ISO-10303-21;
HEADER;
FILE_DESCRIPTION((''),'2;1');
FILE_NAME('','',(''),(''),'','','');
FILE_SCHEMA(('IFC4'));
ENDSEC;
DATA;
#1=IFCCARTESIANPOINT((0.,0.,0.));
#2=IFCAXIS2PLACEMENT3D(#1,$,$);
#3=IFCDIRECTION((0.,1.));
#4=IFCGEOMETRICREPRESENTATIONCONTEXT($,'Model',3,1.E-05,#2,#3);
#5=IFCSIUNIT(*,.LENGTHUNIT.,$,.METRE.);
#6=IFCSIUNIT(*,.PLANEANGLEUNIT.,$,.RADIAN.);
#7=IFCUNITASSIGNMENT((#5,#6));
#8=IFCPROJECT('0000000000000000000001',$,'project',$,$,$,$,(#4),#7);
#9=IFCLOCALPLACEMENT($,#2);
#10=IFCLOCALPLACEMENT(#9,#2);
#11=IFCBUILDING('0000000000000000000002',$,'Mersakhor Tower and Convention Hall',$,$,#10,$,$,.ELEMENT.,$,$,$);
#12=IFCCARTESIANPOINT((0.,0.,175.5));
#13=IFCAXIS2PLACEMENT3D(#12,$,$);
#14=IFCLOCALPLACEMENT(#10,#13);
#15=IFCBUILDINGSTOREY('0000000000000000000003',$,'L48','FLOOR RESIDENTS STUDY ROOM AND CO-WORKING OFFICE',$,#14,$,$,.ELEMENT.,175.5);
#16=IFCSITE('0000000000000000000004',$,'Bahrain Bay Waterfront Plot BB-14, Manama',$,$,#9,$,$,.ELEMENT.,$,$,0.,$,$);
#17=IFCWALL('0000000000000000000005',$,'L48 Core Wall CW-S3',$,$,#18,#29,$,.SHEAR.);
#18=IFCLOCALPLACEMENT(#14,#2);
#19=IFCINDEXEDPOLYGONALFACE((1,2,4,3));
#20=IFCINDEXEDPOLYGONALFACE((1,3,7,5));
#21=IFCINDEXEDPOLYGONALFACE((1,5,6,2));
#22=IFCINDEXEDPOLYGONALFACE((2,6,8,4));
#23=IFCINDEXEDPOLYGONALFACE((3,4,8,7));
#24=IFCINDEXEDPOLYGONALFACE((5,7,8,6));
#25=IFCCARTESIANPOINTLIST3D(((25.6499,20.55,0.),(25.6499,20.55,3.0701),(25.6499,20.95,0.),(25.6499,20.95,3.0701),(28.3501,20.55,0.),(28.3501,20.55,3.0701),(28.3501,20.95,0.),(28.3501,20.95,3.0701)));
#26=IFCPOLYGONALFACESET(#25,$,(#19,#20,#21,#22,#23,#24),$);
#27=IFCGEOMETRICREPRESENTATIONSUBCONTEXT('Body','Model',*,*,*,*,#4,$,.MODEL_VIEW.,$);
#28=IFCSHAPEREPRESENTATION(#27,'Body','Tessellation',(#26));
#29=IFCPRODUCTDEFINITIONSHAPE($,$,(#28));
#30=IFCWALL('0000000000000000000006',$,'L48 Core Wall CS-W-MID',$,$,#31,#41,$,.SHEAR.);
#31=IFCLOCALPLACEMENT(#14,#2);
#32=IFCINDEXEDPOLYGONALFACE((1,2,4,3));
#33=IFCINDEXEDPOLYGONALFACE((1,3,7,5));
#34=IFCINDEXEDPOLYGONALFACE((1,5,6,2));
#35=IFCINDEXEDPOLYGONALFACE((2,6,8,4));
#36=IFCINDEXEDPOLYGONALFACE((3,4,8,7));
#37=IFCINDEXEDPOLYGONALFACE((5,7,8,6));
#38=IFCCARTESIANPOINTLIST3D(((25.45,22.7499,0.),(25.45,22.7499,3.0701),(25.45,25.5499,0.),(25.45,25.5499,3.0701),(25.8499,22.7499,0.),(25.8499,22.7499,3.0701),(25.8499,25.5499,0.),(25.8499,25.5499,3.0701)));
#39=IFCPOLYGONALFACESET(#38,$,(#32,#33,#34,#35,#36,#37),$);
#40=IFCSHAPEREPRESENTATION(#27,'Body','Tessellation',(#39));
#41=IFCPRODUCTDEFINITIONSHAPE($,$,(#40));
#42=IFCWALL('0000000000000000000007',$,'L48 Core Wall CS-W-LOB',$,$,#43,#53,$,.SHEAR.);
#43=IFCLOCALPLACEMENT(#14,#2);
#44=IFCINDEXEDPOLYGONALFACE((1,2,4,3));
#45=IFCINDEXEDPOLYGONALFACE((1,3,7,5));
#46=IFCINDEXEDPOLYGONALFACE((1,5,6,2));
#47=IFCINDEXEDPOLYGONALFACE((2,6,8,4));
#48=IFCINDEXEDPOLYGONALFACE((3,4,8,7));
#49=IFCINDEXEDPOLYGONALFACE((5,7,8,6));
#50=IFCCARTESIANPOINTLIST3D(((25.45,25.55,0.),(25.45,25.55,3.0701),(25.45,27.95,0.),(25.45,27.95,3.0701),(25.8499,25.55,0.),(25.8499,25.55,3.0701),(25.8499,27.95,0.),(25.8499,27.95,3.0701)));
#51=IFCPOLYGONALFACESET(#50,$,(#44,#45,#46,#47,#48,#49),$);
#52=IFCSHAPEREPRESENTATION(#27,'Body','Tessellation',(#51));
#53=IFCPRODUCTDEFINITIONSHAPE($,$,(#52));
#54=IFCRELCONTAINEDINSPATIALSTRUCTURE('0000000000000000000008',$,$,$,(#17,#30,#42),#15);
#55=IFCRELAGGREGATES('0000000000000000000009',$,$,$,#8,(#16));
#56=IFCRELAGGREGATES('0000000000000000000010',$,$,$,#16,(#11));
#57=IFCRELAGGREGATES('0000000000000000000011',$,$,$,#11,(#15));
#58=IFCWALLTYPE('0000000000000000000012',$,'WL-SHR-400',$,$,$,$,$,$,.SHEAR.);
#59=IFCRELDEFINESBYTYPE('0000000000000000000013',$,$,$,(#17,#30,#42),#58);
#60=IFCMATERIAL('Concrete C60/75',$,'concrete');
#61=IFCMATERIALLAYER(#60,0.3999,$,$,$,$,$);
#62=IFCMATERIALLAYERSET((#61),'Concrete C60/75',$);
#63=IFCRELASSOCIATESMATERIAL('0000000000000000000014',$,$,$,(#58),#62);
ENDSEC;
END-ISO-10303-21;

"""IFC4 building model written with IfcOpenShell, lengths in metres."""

from ifc_helpers import new_model, si_unit, direction, frame, frame_2d, origin, place, context, subcontext, project, spatial, rectangle, extrude, material, layer, layer_set, type_object, element, save


model = new_model("IFC4")

# Units and contexts
model_context = context("Model", 3, precision=1e-05, world=origin(), true_north=direction((0.0, 1.0)))
body_context = subcontext(model_context, "Body", "Model", "MODEL_VIEW")
ifc_project = project(units=[si_unit("LENGTHUNIT", "METRE"), si_unit("PLANEANGLEUNIT", "RADIAN")], contexts=[model_context])

# Site, building, storey
site_placement = place(None, origin())
site = spatial("IfcSite", under=ifc_project, at=site_placement, Name="Bahrain Bay Waterfront Plot BB-14, Manama", CompositionType="ELEMENT", RefElevation=0.0)
building_placement = place(site_placement, origin())
building = spatial("IfcBuilding", under=site, at=building_placement, Name="Mersakhor Tower and Convention Hall", CompositionType="ELEMENT")
storey_placement = place(building_placement, frame((0.0, 0.0, 175.5)))
storey = spatial("IfcBuildingStorey", under=building, at=storey_placement, Name="L48", Description="FLOOR RESIDENTS STUDY ROOM AND CO-WORKING OFFICE", CompositionType="ELEMENT", Elevation=175.5)

# Wall
ifc_material_1 = material(Name="Concrete C60/75", Category="concrete")
ifc_layer_1 = layer(ifc_material_1, 0.3999)
ifc_layer_set_1 = layer_set([ifc_layer_1], Name="Concrete C60/75")
wall_type_1 = type_object("IfcWallType", Name="WL-SHR-400", PredefinedType="SHEAR", material=ifc_layer_set_1)
wall_1_placement = place(storey_placement, frame((28.3501, 20.75, 0.0), z_axis=(0.0, 0.0, 1.0), x_axis=(-1.0, 0.0, 0.0)))
element("IfcWall", 1, at=wall_1_placement, inside=storey, type_object=wall_type_1, Name="L48 Core Wall CW-S3", PredefinedType="SHEAR", context=body_context, shape_type="SweptSolid", body=[
    extrude(rectangle(XDim=2.7002, YDim=0.3999, at=frame_2d((1.3501, 0.0))), origin(), (0.0, 0.0, 1.0), 3.0701),
])

# Walls
wall_2_placement = place(storey_placement, frame((25.6499, 22.75, 0.0), z_axis=(0.0, 0.0, 1.0), x_axis=(0.0, 1.0, 0.0)))
element("IfcWall", 2, at=wall_2_placement, inside=storey, type_object=wall_type_1, Name="L48 Core Wall CS-W-MID", PredefinedType="SHEAR", context=body_context, shape_type="SweptSolid", body=[
    extrude(rectangle(XDim=2.8, YDim=0.3999, at=frame_2d((1.3999, 0.0))), origin(), (0.0, 0.0, 1.0), 3.0701),
])
wall_3_placement = place(storey_placement, frame((25.6499, 25.55, 0.0), z_axis=(0.0, 0.0, 1.0), x_axis=(0.0, 1.0, 0.0)))
element("IfcWall", 3, at=wall_3_placement, inside=storey, type_object=wall_type_1, Name="L48 Core Wall CS-W-LOB", PredefinedType="SHEAR", context=body_context, shape_type="SweptSolid", body=[
    extrude(rectangle(XDim=2.3999, YDim=0.3999, at=frame_2d((1.2, 0.0))), origin(), (0.0, 0.0, 1.0), 3.0701),
])

save(model, "model.ifc")
